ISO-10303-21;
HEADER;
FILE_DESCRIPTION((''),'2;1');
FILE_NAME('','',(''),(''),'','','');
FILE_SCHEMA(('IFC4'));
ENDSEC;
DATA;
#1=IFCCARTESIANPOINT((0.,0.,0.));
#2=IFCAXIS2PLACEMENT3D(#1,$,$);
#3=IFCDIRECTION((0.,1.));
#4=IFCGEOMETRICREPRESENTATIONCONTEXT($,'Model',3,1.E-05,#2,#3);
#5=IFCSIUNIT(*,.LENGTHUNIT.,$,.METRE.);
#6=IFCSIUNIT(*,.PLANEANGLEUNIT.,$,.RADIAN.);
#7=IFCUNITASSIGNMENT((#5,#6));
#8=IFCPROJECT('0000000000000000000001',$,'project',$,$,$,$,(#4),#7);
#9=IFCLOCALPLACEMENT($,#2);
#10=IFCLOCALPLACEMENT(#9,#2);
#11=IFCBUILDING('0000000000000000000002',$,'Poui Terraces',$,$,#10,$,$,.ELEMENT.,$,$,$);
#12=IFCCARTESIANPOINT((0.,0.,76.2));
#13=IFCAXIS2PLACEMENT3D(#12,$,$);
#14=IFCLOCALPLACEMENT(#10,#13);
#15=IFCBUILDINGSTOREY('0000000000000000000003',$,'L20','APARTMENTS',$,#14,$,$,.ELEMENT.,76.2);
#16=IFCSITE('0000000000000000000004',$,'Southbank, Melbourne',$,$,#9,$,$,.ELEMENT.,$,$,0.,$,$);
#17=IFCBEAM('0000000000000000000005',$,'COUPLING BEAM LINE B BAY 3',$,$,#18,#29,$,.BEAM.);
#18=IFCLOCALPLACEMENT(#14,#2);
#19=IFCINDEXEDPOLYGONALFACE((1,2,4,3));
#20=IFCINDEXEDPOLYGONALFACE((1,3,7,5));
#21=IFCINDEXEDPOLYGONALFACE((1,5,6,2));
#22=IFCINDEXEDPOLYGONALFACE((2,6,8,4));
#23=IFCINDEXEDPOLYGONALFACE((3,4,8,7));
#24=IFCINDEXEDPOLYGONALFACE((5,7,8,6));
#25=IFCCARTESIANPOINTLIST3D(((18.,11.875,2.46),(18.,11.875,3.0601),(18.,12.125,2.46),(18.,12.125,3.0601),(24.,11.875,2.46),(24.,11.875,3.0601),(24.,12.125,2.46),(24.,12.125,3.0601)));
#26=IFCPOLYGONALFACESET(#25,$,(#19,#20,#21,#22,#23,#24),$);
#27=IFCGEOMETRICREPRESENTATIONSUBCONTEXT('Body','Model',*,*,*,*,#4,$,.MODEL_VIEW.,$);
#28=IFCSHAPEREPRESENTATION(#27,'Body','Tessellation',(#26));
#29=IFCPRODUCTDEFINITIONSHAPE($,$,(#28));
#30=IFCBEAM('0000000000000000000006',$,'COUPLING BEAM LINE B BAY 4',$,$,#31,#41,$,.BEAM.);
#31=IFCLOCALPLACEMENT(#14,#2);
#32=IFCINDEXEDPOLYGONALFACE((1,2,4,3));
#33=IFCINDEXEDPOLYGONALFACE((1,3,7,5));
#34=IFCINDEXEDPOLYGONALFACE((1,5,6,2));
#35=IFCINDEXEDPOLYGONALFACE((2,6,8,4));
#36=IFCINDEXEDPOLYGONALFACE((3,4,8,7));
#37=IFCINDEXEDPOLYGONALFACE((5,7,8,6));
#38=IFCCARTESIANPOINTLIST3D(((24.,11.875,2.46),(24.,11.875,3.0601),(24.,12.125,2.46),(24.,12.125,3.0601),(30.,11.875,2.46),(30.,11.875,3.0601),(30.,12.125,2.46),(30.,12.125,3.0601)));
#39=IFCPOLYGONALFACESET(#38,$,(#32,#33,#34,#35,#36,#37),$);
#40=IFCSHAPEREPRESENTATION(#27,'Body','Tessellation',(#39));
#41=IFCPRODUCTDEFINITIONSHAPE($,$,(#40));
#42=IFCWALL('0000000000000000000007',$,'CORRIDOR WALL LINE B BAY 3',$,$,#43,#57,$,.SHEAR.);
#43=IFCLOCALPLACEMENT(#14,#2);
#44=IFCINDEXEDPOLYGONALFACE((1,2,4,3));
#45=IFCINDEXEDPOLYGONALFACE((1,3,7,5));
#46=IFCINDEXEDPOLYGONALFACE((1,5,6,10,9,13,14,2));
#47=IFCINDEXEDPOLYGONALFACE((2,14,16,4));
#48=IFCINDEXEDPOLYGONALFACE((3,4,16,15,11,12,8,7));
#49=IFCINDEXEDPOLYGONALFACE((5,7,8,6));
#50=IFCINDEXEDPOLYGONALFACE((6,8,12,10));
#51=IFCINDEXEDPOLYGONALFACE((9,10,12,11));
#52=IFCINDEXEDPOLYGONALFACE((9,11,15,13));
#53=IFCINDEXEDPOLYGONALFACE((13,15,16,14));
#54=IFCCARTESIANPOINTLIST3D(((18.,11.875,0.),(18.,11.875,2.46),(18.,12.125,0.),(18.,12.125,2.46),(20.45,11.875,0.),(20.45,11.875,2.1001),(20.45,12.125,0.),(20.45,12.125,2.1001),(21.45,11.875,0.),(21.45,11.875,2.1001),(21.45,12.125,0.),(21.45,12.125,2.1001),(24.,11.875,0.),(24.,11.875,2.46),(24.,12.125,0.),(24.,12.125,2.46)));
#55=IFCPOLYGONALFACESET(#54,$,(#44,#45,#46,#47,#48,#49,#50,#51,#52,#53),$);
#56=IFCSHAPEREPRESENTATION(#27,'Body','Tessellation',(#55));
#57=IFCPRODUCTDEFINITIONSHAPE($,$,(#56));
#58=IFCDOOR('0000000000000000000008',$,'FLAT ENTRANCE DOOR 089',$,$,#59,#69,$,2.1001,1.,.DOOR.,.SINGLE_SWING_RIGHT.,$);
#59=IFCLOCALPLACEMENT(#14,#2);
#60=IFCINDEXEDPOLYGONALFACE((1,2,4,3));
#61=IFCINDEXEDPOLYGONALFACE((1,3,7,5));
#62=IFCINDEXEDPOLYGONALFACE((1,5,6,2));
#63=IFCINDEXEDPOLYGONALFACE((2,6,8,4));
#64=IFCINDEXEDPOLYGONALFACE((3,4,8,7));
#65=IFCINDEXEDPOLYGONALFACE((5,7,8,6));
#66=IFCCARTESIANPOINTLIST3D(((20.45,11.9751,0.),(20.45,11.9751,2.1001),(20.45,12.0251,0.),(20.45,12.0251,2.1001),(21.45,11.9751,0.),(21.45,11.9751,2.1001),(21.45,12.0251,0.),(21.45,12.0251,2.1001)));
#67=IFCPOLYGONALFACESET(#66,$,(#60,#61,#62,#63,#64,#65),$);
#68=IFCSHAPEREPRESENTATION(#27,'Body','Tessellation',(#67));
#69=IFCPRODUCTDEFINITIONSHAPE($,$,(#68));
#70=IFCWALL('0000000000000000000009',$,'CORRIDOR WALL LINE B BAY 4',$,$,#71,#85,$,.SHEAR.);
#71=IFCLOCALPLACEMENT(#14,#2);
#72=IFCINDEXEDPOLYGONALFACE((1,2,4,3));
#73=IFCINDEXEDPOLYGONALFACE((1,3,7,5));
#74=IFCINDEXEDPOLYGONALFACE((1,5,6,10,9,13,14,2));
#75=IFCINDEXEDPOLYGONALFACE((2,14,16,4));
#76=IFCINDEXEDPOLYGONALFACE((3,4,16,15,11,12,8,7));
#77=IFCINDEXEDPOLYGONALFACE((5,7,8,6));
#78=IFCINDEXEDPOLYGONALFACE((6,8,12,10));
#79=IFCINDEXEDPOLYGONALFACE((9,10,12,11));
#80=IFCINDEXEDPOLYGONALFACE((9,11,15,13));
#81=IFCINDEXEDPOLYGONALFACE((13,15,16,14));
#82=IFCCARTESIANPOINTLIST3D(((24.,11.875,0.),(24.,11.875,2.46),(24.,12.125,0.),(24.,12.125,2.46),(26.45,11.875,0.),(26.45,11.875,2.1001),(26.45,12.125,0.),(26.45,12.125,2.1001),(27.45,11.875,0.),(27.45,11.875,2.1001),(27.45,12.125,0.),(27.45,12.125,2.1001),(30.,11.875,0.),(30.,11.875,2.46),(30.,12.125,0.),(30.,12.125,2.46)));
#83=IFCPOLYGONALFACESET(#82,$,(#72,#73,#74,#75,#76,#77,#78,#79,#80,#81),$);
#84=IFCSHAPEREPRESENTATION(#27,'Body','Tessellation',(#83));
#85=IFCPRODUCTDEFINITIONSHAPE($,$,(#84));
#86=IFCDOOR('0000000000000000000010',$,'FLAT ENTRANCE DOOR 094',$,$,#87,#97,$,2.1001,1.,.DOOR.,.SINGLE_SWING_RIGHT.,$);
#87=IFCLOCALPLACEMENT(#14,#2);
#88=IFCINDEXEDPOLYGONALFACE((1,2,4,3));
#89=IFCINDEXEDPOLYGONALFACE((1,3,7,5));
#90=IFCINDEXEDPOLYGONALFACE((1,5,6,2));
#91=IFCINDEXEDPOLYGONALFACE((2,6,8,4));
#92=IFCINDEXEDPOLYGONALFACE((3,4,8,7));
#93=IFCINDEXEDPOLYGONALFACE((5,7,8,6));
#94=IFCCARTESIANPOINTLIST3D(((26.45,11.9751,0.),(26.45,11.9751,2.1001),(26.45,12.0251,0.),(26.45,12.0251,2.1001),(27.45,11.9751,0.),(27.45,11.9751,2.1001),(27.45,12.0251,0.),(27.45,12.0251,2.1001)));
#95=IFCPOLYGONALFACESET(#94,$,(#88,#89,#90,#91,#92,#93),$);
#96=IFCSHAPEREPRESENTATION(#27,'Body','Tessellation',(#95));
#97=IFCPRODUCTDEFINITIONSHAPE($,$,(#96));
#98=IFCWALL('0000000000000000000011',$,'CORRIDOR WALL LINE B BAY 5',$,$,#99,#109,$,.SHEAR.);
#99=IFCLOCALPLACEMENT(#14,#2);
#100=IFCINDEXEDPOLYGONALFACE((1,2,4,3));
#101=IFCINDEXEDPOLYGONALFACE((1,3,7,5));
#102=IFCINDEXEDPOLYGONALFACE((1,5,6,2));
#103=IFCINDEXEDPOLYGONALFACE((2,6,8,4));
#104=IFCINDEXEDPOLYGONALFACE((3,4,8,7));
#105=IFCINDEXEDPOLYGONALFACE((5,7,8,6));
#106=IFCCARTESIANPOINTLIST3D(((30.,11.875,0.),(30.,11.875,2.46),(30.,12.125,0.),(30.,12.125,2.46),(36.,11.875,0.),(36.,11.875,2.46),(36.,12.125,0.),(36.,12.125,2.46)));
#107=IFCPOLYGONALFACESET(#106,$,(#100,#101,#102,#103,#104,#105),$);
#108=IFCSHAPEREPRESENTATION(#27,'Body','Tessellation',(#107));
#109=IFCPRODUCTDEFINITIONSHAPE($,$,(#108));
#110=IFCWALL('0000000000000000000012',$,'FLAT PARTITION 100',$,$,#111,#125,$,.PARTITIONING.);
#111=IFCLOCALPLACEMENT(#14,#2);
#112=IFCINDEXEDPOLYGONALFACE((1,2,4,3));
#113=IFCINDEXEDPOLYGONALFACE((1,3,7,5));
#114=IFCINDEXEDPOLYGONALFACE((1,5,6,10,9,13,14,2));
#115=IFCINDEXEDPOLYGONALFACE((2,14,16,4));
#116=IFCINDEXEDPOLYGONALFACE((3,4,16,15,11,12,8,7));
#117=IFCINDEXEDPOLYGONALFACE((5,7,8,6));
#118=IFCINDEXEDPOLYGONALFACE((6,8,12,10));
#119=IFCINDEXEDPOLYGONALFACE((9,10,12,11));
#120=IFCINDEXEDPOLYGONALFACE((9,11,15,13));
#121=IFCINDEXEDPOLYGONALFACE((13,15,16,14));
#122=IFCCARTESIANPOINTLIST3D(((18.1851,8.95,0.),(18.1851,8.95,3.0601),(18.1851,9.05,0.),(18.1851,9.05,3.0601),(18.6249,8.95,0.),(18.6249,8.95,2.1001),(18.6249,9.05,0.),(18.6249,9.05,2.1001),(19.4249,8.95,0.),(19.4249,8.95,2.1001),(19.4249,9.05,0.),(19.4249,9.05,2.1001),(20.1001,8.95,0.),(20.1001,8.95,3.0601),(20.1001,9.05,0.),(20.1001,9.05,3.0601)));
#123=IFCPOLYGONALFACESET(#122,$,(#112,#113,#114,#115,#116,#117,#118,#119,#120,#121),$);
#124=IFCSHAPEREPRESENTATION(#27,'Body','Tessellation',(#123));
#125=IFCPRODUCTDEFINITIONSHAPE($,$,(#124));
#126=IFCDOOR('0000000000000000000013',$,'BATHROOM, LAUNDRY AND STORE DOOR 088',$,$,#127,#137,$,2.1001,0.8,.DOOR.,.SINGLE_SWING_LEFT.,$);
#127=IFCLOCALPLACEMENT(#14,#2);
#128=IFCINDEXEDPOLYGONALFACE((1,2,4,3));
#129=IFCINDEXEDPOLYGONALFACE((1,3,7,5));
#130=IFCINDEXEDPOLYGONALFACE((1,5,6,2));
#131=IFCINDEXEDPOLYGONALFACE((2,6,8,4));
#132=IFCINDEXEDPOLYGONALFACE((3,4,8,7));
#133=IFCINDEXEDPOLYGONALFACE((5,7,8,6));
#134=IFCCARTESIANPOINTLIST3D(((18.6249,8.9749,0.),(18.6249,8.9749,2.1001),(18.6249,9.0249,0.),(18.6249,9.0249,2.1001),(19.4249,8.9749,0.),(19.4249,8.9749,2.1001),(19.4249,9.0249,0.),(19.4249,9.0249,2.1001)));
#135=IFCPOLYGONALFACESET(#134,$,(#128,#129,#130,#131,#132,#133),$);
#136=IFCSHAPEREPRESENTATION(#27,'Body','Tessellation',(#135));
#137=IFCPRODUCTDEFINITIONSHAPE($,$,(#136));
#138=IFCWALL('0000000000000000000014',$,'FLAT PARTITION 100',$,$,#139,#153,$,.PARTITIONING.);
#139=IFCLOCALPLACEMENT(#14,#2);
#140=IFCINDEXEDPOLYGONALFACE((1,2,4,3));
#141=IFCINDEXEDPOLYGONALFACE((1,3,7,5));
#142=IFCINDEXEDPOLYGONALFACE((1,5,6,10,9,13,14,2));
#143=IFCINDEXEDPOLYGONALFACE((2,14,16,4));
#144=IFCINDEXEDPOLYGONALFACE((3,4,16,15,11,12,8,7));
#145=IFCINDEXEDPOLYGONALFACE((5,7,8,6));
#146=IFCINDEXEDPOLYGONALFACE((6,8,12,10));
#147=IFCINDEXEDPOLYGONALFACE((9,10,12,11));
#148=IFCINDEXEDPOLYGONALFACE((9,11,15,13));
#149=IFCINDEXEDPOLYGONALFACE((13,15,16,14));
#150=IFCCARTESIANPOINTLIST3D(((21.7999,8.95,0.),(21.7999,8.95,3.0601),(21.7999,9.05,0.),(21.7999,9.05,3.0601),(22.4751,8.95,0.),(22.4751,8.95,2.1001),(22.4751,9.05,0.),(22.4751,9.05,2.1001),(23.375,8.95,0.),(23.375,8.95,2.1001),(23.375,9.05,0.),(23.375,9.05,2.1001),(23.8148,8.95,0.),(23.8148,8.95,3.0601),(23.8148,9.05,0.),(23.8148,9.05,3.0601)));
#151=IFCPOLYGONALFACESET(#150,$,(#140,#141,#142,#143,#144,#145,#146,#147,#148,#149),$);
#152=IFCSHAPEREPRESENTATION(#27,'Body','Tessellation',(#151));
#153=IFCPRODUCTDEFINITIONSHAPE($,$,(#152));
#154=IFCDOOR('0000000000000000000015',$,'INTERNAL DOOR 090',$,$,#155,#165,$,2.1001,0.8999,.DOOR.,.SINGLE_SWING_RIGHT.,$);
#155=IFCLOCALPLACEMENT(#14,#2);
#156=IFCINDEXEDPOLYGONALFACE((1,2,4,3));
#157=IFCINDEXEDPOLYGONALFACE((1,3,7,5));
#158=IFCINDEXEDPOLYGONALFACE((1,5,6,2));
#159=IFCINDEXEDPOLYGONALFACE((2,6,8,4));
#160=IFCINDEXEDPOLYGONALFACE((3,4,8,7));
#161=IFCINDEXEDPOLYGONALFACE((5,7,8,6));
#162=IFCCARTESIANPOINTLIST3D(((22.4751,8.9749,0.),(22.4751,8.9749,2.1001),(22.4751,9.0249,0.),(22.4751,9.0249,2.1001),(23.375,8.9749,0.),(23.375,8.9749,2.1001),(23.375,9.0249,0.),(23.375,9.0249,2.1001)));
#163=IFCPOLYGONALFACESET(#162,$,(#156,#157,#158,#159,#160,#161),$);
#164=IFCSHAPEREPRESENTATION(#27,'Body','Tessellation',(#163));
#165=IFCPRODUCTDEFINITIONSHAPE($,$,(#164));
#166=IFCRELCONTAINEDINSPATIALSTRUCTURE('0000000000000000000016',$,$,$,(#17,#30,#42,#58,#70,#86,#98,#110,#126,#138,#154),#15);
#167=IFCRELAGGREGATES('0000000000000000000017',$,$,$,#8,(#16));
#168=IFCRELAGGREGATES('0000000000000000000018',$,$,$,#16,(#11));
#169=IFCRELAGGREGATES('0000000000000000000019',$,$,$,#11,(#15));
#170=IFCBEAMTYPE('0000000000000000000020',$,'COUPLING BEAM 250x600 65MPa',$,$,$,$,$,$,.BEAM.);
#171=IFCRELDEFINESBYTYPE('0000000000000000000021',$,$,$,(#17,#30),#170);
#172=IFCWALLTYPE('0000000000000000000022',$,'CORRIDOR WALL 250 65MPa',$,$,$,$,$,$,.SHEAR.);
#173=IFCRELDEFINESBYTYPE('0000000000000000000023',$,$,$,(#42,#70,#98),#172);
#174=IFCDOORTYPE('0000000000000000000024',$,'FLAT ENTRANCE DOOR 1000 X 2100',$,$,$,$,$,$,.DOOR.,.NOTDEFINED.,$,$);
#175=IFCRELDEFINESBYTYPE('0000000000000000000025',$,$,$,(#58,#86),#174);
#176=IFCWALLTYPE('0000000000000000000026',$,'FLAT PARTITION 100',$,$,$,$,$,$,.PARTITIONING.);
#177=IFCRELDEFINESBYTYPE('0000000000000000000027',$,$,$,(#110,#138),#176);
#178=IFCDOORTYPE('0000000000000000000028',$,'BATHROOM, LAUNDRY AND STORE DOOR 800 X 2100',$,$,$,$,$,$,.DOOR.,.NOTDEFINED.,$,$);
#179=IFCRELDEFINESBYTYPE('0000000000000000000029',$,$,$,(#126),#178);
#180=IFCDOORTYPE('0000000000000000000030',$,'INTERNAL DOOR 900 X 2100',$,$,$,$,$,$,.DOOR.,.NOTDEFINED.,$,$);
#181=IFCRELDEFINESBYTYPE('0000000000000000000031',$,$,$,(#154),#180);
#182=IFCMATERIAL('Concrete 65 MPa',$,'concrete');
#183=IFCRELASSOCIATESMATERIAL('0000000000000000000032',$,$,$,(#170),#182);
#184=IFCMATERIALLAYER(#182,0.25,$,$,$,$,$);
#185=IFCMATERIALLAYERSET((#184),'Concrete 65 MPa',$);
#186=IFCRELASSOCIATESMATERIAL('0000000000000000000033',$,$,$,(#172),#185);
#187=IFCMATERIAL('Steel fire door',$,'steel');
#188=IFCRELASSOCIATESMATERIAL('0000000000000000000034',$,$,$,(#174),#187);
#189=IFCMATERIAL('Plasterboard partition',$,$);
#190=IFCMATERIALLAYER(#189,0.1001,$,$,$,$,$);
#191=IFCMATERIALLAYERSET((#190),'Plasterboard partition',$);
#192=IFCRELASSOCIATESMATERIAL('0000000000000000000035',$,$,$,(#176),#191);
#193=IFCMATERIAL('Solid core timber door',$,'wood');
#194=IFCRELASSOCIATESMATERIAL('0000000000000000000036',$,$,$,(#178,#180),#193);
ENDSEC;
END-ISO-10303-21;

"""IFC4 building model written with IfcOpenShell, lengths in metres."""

from ifc_helpers import new_model, si_unit, direction, frame, frame_2d, origin, origin_2d, place, context, subcontext, project, spatial, rectangle, extrude, source, transform, mapped, material, layer, layer_set, material_profile, profile_set, type_object, element, fill, save


model = new_model("IFC4")

# Units and contexts
model_context = context("Model", 3, precision=1e-05, world=origin(), true_north=direction((0.0, 1.0)))
body_context = subcontext(model_context, "Body", "Model", "MODEL_VIEW")
ifc_project = project(units=[si_unit("LENGTHUNIT", "METRE"), si_unit("PLANEANGLEUNIT", "RADIAN")], contexts=[model_context])

# Site, building, storey
site_placement = place(None, origin())
site = spatial("IfcSite", under=ifc_project, at=site_placement, Name="Southbank, Melbourne", CompositionType="ELEMENT", RefElevation=0.0)
building_placement = place(site_placement, origin())
building = spatial("IfcBuilding", under=site, at=building_placement, Name="Poui Terraces", CompositionType="ELEMENT")
storey_placement = place(building_placement, frame((0.0, 0.0, 76.2)))
storey = spatial("IfcBuildingStorey", under=building, at=storey_placement, Name="L20", Description="APARTMENTS", CompositionType="ELEMENT", Elevation=76.2)

# Beams
ifc_material_1 = material(Name="Concrete 65 MPa", Category="concrete")
ifc_material_profile = material_profile(ifc_material_1, rectangle(XDim=0.25, YDim=0.6001, at=origin_2d()), Name="RC 250x600")
ifc_profile_set = profile_set([ifc_material_profile], Name="Concrete 65 MPa")
beam_type = type_object("IfcBeamType", Name="COUPLING BEAM 250x600 65MPa", PredefinedType="BEAM", material=ifc_profile_set)
shared_shape = source(origin(), body_context, "Body", "SweptSolid", [
    extrude(rectangle(XDim=0.25, YDim=0.6001, at=origin_2d()), origin(), (0.0, 0.0, 1.0), 6.0),
])
for number, where, z_axis, x_axis, name in (
    (1, (18.0, 12.0, 2.76), (1.0, 0.0, 0.0), (0.0, 1.0, 0.0), "COUPLING BEAM LINE B BAY 3"),
    (2, (24.0, 12.0, 2.76), (1.0, 0.0, 0.0), (0.0, 1.0, 0.0), "COUPLING BEAM LINE B BAY 4"),
):
    element("IfcBeam", number, at=place(storey_placement, frame(where, z_axis=z_axis, x_axis=x_axis)), inside=storey, type_object=beam_type, Name=name, PredefinedType="BEAM", context=body_context, shape_type="MappedRepresentation", body=[
        mapped(shared_shape, transform((0.0, 0.0, 0.0))),
    ])

# Walls, openings, doors
ifc_layer_1 = layer(ifc_material_1, 0.25)
ifc_layer_set_1 = layer_set([ifc_layer_1], Name="Concrete 65 MPa")
wall_type_1 = type_object("IfcWallType", Name="CORRIDOR WALL 250 65MPa", PredefinedType="SHEAR", material=ifc_layer_set_1)
wall_1_placement = place(storey_placement, frame((18.0, 12.0, 0.0), z_axis=(0.0, 0.0, 1.0), x_axis=(1.0, 0.0, 0.0)))
wall_1 = element("IfcWall", 3, at=wall_1_placement, inside=storey, type_object=wall_type_1, Name="CORRIDOR WALL LINE B BAY 3", PredefinedType="SHEAR", context=body_context, shape_type="SweptSolid", body=[
    extrude(rectangle(XDim=6.0, YDim=0.25, at=frame_2d((3.0, 0.0))), origin(), (0.0, 0.0, 1.0), 2.46),
])
opening_1_placement = place(wall_1_placement, frame((2.45, 0.0, 0.0)))
opening_1 = element("IfcOpeningElement", 4, at=opening_1_placement, cuts=wall_1, PredefinedType="OPENING", context=body_context, shape_type="SweptSolid", body=[
    extrude(rectangle(XDim=1.0, YDim=2.1001, at=frame_2d((0.5, 1.05))), frame((0.0, 0.135, 0.0), z_axis=(0.0, -1.0, 0.0), x_axis=(1.0, 0.0, 0.0)), (0.0, 0.0, 1.0), 0.27),
])
ifc_material_2 = material(Name="Steel fire door", Category="steel")
door_type_1 = type_object("IfcDoorType", Name="FLAT ENTRANCE DOOR 1000 X 2100", OperationType="NOTDEFINED", PredefinedType="DOOR", material=ifc_material_2)
door_1_placement = place(opening_1_placement, frame((1.0, 0.0, 0.0), z_axis=(0.0, 0.0, 1.0), x_axis=(-1.0, 0.0, 0.0)))
door_1 = element("IfcDoor", 5, at=door_1_placement, inside=storey, type_object=door_type_1, Name="FLAT ENTRANCE DOOR 089", OperationType="SINGLE_SWING_RIGHT", OverallHeight=2.1001, OverallWidth=1.0, PredefinedType="DOOR", context=body_context, shape_type="SweptSolid", body=[
    extrude(rectangle(XDim=1.0, YDim=2.1001, at=frame_2d((0.5, 1.05))), frame((0.0, 0.0249, 0.0), z_axis=(0.0, -1.0, 0.0), x_axis=(1.0, 0.0, 0.0)), (0.0, 0.0, 1.0), 0.05),
])
fill(opening_1, door_1)
wall_2_placement = place(storey_placement, frame((24.0, 12.0, 0.0), z_axis=(0.0, 0.0, 1.0), x_axis=(1.0, 0.0, 0.0)))
wall_2 = element("IfcWall", 6, at=wall_2_placement, inside=storey, type_object=wall_type_1, Name="CORRIDOR WALL LINE B BAY 4", PredefinedType="SHEAR", context=body_context, shape_type="SweptSolid", body=[
    extrude(rectangle(XDim=6.0, YDim=0.25, at=frame_2d((3.0, 0.0))), origin(), (0.0, 0.0, 1.0), 2.46),
])
opening_2_placement = place(wall_2_placement, frame((2.45, 0.0, 0.0)))
opening_2 = element("IfcOpeningElement", 7, at=opening_2_placement, cuts=wall_2, PredefinedType="OPENING", context=body_context, shape_type="SweptSolid", body=[
    extrude(rectangle(XDim=1.0, YDim=2.1001, at=frame_2d((0.5, 1.05))), frame((0.0, 0.135, 0.0), z_axis=(0.0, -1.0, 0.0), x_axis=(1.0, 0.0, 0.0)), (0.0, 0.0, 1.0), 0.27),
])
door_2_placement = place(opening_2_placement, frame((1.0, 0.0, 0.0), z_axis=(0.0, 0.0, 1.0), x_axis=(-1.0, 0.0, 0.0)))
door_2 = element("IfcDoor", 8, at=door_2_placement, inside=storey, type_object=door_type_1, Name="FLAT ENTRANCE DOOR 094", OperationType="SINGLE_SWING_RIGHT", OverallHeight=2.1001, OverallWidth=1.0, PredefinedType="DOOR", context=body_context, shape_type="SweptSolid", body=[
    extrude(rectangle(XDim=1.0, YDim=2.1001, at=frame_2d((0.5, 1.05))), frame((0.0, 0.0249, 0.0), z_axis=(0.0, -1.0, 0.0), x_axis=(1.0, 0.0, 0.0)), (0.0, 0.0, 1.0), 0.05),
])
fill(opening_2, door_2)

# Wall
wall_3_placement = place(storey_placement, frame((30.0, 12.0, 0.0), z_axis=(0.0, 0.0, 1.0), x_axis=(1.0, 0.0, 0.0)))
element("IfcWall", 9, at=wall_3_placement, inside=storey, type_object=wall_type_1, Name="CORRIDOR WALL LINE B BAY 5", PredefinedType="SHEAR", context=body_context, shape_type="SweptSolid", body=[
    extrude(rectangle(XDim=6.0, YDim=0.25, at=frame_2d((3.0, 0.0))), origin(), (0.0, 0.0, 1.0), 2.46),
])

# Walls, openings, doors
ifc_material_3 = material(Name="Plasterboard partition")
ifc_layer_2 = layer(ifc_material_3, 0.1001)
ifc_layer_set_2 = layer_set([ifc_layer_2], Name="Plasterboard partition")
wall_type_2 = type_object("IfcWallType", Name="FLAT PARTITION 100", PredefinedType="PARTITIONING", material=ifc_layer_set_2)
wall_4_placement = place(storey_placement, frame((18.1851, 9.0, 0.0), z_axis=(0.0, 0.0, 1.0), x_axis=(1.0, 0.0, 0.0)))
wall_4 = element("IfcWall", 10, at=wall_4_placement, inside=storey, type_object=wall_type_2, Name="FLAT PARTITION 100", PredefinedType="PARTITIONING", context=body_context, shape_type="SweptSolid", body=[
    extrude(rectangle(XDim=1.915, YDim=0.1001, at=frame_2d((0.9575, 0.0))), origin(), (0.0, 0.0, 1.0), 3.0601),
])
opening_3_placement = place(wall_4_placement, frame((0.4399, 0.0, 0.0)))
opening_3 = element("IfcOpeningElement", 11, at=opening_3_placement, cuts=wall_4, PredefinedType="OPENING", context=body_context, shape_type="SweptSolid", body=[
    extrude(rectangle(XDim=0.8, YDim=2.1001, at=frame_2d((0.3999, 1.05))), frame((0.0, 0.0601, 0.0), z_axis=(0.0, -1.0, 0.0), x_axis=(1.0, 0.0, 0.0)), (0.0, 0.0, 1.0), 0.1201),
])
ifc_material_4 = material(Name="Solid core timber door", Category="wood")
door_type_2 = type_object("IfcDoorType", Name="BATHROOM, LAUNDRY AND STORE DOOR 800 X 2100", OperationType="NOTDEFINED", PredefinedType="DOOR", material=ifc_material_4)
door_3_placement = place(opening_3_placement, origin())
door_3 = element("IfcDoor", 12, at=door_3_placement, inside=storey, type_object=door_type_2, Name="BATHROOM, LAUNDRY AND STORE DOOR 088", OperationType="SINGLE_SWING_LEFT", OverallHeight=2.1001, OverallWidth=0.8, PredefinedType="DOOR", context=body_context, shape_type="SweptSolid", body=[
    extrude(rectangle(XDim=0.8, YDim=2.1001, at=frame_2d((0.3999, 1.05))), frame((0.0, 0.0249, 0.0), z_axis=(0.0, -1.0, 0.0), x_axis=(1.0, 0.0, 0.0)), (0.0, 0.0, 1.0), 0.05),
])
fill(opening_3, door_3)
wall_5_placement = place(storey_placement, frame((21.8, 9.0, 0.0), z_axis=(0.0, 0.0, 1.0), x_axis=(1.0, 0.0, 0.0)))
wall_5 = element("IfcWall", 13, at=wall_5_placement, inside=storey, type_object=wall_type_2, Name="FLAT PARTITION 100", PredefinedType="PARTITIONING", context=body_context, shape_type="SweptSolid", body=[
    extrude(rectangle(XDim=2.0149, YDim=0.1001, at=frame_2d((1.0073, 0.0))), origin(), (0.0, 0.0, 1.0), 3.0601),
])
opening_4_placement = place(wall_5_placement, frame((0.675, 0.0, 0.0)))
opening_4 = element("IfcOpeningElement", 14, at=opening_4_placement, cuts=wall_5, PredefinedType="OPENING", context=body_context, shape_type="SweptSolid", body=[
    extrude(rectangle(XDim=0.8999, YDim=2.1001, at=frame_2d((0.45, 1.05))), frame((0.0, 0.0601, 0.0), z_axis=(0.0, -1.0, 0.0), x_axis=(1.0, 0.0, 0.0)), (0.0, 0.0, 1.0), 0.1201),
])
door_type_3 = type_object("IfcDoorType", Name="INTERNAL DOOR 900 X 2100", OperationType="NOTDEFINED", PredefinedType="DOOR", material=ifc_material_4)
door_4_placement = place(opening_4_placement, origin())
door_4 = element("IfcDoor", 15, at=door_4_placement, inside=storey, type_object=door_type_3, Name="INTERNAL DOOR 090", OperationType="SINGLE_SWING_RIGHT", OverallHeight=2.1001, OverallWidth=0.8999, PredefinedType="DOOR", context=body_context, shape_type="SweptSolid", body=[
    extrude(rectangle(XDim=0.8999, YDim=2.1001, at=frame_2d((0.45, 1.05))), frame((0.0, 0.0249, 0.0), z_axis=(0.0, -1.0, 0.0), x_axis=(1.0, 0.0, 0.0)), (0.0, 0.0, 1.0), 0.05),
])
fill(opening_4, door_4)

save(model, "model.ifc")
